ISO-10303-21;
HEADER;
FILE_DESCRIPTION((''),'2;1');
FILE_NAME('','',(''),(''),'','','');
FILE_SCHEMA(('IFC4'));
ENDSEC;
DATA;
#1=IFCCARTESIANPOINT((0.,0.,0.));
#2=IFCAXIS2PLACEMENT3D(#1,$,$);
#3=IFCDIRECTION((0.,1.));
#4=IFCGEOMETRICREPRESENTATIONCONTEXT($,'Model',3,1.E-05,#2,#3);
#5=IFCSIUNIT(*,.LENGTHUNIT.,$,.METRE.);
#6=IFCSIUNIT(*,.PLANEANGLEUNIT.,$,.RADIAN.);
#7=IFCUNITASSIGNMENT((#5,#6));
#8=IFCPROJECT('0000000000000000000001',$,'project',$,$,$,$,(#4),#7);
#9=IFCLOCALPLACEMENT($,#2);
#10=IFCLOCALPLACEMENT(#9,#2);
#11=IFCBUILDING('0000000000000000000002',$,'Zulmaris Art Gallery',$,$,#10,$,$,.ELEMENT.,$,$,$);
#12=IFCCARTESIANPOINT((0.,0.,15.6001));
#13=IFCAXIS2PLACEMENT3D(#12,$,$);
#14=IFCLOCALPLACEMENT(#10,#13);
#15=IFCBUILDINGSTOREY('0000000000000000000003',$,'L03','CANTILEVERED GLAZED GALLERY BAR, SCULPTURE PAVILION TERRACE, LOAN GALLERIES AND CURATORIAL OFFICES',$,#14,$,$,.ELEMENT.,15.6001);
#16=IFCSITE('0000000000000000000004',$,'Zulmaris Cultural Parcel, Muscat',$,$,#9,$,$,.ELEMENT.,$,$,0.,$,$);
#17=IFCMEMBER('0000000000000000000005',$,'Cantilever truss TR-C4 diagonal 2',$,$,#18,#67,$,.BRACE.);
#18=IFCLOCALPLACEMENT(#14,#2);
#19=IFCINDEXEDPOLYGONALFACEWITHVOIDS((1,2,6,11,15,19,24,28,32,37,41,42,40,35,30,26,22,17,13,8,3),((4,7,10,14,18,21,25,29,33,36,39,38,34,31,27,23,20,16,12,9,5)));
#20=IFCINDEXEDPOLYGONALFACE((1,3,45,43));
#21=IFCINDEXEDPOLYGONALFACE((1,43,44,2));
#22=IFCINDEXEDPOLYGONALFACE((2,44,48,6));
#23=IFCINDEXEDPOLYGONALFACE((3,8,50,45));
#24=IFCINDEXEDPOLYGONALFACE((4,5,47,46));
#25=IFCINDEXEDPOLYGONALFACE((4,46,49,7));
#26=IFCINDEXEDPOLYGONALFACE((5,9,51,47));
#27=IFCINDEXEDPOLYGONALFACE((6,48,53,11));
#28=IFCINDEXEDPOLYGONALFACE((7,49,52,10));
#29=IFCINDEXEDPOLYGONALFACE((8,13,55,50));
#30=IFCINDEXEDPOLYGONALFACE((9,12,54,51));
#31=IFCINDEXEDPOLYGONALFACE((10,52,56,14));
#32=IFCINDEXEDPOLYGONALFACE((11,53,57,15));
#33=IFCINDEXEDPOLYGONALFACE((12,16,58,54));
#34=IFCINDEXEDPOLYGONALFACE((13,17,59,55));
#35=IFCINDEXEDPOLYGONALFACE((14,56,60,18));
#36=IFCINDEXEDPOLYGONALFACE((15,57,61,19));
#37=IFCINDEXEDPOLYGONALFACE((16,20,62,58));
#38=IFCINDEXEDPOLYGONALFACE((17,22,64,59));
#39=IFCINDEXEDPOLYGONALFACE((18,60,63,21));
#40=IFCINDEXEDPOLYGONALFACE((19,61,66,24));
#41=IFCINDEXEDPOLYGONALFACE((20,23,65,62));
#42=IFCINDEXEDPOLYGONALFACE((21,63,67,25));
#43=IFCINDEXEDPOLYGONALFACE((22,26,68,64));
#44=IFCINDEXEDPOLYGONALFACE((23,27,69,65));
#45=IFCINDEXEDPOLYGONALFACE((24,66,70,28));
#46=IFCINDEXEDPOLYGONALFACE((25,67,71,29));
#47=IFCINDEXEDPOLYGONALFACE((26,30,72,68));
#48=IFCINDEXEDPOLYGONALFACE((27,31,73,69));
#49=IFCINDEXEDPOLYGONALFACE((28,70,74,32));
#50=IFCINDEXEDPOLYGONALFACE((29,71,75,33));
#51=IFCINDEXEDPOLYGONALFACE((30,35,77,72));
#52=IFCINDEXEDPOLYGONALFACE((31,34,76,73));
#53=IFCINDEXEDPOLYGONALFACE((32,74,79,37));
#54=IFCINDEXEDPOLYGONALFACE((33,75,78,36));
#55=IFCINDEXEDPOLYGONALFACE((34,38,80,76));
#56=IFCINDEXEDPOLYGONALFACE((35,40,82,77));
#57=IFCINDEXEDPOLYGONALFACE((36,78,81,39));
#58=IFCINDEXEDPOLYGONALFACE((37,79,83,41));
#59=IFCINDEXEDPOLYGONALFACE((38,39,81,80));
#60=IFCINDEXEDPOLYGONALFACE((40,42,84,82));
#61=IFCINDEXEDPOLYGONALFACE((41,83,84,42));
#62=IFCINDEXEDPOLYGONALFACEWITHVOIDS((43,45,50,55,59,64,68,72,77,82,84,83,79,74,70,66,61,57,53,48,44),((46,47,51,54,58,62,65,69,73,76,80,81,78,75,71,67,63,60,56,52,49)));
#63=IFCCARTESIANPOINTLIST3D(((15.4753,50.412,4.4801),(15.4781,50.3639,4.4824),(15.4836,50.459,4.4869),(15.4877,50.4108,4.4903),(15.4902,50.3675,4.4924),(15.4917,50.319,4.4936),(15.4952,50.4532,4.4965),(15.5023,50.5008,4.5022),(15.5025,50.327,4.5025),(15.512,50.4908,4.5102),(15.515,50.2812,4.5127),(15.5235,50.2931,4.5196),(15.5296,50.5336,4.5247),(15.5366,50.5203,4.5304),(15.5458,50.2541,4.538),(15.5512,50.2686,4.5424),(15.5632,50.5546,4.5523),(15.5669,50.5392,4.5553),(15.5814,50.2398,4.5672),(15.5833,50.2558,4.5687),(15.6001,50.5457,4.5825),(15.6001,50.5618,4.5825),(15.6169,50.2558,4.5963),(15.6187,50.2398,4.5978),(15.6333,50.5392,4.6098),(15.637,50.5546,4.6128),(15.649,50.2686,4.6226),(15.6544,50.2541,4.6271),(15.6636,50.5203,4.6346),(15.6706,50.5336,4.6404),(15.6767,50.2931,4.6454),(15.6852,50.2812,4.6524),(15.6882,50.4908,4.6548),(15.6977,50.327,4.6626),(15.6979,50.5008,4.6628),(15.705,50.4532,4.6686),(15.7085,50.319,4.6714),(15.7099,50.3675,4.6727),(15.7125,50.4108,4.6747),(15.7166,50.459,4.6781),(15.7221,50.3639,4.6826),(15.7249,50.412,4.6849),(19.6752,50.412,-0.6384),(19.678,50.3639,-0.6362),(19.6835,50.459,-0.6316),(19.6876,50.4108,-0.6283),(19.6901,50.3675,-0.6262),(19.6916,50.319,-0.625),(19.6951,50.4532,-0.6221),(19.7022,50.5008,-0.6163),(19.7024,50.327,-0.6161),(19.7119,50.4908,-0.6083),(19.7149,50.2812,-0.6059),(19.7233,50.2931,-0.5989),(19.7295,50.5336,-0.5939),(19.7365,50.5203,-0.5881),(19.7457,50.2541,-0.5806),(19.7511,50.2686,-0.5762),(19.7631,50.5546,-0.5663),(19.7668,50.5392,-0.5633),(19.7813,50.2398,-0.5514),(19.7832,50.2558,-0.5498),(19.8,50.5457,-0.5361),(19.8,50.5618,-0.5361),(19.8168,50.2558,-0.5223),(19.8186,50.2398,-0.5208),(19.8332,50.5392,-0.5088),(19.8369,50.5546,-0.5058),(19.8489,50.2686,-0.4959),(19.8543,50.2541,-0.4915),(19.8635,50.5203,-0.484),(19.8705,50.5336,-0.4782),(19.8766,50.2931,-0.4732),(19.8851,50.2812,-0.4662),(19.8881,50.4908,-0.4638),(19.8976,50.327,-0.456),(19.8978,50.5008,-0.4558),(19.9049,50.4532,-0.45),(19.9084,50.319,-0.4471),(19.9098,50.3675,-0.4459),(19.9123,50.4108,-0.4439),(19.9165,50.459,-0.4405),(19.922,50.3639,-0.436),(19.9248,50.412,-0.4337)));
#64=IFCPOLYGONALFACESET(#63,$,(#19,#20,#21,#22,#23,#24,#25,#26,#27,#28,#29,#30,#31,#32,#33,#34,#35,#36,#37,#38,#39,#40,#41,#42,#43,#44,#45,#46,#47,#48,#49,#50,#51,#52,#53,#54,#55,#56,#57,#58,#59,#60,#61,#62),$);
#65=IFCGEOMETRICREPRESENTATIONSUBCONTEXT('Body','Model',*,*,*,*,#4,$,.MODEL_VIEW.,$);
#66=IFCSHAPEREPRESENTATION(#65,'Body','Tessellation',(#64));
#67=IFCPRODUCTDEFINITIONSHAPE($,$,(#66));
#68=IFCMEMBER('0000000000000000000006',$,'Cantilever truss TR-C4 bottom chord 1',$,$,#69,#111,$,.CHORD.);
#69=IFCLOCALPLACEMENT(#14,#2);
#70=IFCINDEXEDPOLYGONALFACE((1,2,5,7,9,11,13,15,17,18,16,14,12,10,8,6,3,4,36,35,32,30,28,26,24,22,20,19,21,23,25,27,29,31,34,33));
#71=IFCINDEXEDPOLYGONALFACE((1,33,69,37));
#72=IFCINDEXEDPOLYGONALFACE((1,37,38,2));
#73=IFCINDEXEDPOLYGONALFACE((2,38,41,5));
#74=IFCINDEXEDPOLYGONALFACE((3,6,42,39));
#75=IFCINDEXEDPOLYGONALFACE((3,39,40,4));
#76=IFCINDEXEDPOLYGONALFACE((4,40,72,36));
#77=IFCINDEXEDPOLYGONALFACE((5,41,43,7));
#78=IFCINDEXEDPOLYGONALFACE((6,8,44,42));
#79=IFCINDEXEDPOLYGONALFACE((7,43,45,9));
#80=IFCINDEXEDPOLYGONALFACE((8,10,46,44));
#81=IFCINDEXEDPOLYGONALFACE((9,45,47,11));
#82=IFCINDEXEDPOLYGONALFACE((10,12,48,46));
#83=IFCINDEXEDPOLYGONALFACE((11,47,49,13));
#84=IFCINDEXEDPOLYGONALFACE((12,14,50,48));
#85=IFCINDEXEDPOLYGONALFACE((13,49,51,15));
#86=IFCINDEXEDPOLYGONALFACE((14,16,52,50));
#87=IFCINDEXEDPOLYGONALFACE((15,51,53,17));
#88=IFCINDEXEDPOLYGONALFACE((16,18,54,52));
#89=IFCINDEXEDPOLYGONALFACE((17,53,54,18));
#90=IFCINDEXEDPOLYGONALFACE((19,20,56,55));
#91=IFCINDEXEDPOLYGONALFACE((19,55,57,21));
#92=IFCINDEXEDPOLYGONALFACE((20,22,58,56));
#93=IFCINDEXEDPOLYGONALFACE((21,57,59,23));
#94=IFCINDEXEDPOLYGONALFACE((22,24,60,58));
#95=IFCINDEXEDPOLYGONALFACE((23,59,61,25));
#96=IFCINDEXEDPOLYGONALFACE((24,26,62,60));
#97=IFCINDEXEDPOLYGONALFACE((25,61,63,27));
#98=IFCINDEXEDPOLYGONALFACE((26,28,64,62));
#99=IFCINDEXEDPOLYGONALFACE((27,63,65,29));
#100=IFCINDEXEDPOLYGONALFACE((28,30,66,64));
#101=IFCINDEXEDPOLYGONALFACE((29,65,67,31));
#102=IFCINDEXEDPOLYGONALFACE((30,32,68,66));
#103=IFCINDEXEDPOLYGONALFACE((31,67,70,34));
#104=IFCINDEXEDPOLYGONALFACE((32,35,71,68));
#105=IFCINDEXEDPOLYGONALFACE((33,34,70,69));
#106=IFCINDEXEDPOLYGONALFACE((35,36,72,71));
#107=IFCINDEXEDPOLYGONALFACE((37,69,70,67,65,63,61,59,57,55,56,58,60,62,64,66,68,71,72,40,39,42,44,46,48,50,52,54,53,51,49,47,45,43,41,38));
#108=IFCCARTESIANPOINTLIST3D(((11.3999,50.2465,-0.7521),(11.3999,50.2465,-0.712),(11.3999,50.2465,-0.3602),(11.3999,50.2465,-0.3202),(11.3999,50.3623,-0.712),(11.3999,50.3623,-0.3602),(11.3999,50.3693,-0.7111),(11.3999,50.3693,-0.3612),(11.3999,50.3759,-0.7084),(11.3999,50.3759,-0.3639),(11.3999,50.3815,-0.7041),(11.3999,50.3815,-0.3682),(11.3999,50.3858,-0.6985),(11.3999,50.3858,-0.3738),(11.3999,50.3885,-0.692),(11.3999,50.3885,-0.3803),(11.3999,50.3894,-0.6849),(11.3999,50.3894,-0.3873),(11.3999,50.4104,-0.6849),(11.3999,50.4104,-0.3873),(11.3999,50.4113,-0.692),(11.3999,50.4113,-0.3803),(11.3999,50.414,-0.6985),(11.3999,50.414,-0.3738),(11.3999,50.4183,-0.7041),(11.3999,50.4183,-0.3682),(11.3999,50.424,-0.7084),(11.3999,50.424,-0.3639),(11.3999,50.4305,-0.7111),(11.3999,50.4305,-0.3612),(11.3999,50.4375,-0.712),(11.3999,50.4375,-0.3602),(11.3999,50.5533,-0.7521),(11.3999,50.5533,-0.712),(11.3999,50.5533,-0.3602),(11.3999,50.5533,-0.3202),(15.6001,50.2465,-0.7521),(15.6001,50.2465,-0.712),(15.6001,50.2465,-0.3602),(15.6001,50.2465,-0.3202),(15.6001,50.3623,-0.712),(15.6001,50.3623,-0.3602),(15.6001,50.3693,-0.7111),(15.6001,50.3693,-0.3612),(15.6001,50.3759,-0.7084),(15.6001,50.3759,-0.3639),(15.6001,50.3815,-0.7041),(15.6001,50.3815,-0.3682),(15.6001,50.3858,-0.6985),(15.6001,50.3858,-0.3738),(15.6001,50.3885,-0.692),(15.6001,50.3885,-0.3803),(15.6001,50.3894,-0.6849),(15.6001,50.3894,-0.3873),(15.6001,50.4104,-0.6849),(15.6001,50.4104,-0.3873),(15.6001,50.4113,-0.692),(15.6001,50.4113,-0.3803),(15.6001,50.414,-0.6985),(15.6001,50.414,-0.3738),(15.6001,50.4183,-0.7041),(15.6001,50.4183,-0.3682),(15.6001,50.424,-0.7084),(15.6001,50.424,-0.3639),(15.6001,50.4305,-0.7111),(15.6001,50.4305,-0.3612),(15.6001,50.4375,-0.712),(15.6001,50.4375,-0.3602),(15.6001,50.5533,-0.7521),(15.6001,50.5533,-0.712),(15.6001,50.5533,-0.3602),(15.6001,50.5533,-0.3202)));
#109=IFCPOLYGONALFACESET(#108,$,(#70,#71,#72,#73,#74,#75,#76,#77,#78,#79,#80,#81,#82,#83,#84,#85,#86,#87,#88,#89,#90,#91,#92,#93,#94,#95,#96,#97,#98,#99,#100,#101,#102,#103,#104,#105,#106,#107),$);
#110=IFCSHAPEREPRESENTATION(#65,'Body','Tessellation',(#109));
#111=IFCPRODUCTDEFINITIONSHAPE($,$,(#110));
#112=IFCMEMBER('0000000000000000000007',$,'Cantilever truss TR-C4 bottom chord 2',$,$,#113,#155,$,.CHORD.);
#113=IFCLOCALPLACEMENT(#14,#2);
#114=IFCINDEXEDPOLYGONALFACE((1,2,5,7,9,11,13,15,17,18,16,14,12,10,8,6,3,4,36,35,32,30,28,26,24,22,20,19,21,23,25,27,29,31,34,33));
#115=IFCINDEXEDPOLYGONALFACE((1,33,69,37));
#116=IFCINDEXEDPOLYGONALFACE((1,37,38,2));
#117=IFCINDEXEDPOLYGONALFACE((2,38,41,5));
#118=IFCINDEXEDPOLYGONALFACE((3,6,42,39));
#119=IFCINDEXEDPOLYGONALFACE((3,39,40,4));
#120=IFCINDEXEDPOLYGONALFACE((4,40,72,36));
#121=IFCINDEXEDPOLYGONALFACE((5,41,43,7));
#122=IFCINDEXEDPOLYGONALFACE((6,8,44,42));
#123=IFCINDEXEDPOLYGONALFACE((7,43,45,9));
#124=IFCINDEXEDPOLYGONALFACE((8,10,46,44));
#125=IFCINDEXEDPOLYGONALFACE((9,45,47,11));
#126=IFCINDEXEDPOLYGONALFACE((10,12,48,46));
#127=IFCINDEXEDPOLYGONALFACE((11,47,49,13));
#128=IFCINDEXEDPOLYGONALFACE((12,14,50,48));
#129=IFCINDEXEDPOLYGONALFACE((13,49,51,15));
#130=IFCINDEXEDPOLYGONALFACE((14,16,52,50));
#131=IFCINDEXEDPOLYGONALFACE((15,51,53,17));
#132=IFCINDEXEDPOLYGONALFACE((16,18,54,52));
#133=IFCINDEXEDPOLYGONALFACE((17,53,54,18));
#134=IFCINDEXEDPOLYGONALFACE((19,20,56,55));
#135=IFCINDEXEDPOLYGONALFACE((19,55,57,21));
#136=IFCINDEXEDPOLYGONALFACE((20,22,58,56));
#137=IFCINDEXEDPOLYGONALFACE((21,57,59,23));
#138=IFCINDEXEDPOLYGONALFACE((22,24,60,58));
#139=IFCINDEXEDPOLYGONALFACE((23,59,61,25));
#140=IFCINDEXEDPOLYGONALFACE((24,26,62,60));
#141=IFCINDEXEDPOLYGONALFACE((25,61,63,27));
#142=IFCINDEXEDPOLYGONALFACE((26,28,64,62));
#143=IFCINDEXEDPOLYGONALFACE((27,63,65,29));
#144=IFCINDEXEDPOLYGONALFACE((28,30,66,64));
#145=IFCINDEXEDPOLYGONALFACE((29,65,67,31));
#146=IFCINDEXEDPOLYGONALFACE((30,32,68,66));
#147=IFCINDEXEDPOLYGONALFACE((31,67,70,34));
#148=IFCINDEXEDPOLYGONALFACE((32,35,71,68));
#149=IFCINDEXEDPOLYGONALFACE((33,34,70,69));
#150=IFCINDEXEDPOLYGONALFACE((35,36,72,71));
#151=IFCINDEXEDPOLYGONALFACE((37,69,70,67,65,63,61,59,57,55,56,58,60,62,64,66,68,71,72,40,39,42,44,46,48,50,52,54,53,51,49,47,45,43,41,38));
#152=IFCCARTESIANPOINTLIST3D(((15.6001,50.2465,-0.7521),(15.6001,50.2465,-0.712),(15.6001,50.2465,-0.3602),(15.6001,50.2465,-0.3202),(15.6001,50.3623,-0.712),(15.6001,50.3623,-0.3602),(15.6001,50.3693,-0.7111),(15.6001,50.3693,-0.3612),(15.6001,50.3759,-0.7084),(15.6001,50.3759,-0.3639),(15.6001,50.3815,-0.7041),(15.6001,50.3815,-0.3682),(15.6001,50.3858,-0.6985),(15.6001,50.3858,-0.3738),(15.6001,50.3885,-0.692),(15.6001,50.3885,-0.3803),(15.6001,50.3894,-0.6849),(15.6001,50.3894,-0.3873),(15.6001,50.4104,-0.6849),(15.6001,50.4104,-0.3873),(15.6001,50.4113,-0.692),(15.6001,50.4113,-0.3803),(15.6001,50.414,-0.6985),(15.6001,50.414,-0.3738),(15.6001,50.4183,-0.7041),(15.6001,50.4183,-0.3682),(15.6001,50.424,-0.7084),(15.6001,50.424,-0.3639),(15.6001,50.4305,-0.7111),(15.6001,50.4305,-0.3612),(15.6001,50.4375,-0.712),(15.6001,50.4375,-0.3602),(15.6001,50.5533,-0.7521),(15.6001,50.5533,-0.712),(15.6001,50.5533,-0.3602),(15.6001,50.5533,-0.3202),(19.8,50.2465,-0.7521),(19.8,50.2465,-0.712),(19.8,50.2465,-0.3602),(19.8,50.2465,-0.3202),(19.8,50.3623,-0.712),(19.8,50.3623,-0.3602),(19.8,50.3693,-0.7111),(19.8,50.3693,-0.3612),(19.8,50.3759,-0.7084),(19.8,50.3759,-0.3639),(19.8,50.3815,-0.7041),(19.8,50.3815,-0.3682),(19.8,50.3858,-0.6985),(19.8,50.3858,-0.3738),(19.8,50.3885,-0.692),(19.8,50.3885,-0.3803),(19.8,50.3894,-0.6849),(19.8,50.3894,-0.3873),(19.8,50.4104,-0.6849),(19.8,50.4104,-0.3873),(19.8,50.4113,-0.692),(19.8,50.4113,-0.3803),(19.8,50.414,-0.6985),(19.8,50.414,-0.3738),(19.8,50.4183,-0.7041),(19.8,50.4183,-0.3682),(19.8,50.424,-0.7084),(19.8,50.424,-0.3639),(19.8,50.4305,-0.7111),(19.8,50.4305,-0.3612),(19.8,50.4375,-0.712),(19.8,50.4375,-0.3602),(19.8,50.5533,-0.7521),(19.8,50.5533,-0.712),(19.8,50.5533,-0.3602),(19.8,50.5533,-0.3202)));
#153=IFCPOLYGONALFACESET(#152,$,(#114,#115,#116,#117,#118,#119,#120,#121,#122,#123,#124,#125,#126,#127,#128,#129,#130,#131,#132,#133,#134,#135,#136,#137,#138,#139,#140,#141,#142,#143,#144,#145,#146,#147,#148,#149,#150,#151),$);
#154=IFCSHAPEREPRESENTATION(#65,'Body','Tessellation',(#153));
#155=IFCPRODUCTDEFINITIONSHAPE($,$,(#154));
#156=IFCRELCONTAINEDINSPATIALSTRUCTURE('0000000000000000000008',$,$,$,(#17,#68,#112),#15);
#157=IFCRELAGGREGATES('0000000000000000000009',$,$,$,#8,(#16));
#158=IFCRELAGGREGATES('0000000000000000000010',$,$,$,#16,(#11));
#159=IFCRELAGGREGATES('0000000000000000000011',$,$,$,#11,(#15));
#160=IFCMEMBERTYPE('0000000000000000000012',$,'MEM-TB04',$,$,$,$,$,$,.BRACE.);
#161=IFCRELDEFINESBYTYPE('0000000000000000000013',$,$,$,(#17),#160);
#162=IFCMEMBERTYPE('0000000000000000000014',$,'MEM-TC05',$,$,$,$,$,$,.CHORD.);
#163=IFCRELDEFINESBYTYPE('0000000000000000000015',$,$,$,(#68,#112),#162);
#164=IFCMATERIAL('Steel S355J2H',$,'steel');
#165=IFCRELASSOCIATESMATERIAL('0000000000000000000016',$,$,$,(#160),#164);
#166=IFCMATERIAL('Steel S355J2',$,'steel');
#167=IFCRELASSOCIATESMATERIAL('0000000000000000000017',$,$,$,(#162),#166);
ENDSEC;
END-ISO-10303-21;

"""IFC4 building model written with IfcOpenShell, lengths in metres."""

from ifc_helpers import new_model, si_unit, direction, frame, origin, origin_2d, place, context, subcontext, project, spatial, hollow_circle, i_section, extrude, material, material_profile, profile_set, type_object, element, save


model = new_model("IFC4")

# Units and contexts
model_context = context("Model", 3, precision=1e-05, world=origin(), true_north=direction((0.0, 1.0)))
body_context = subcontext(model_context, "Body", "Model", "MODEL_VIEW")
ifc_project = project(units=[si_unit("LENGTHUNIT", "METRE"), si_unit("PLANEANGLEUNIT", "RADIAN")], contexts=[model_context])

# Site, building, storey
site_placement = place(None, origin())
site = spatial("IfcSite", under=ifc_project, at=site_placement, Name="Zulmaris Cultural Parcel, Muscat", CompositionType="ELEMENT", RefElevation=0.0)
building_placement = place(site_placement, origin())
building = spatial("IfcBuilding", under=site, at=building_placement, Name="Zulmaris Art Gallery", CompositionType="ELEMENT")
storey_placement = place(building_placement, frame((0.0, 0.0, 15.6001)))
storey = spatial("IfcBuildingStorey", under=building, at=storey_placement, Name="L03", Description="CANTILEVERED GLAZED GALLERY BAR, SCULPTURE PAVILION TERRACE, LOAN GALLERIES AND CURATORIAL OFFICES", CompositionType="ELEMENT", Elevation=15.6001)

# Members
ifc_material_1 = material(Name="Steel S355J2H", Category="steel")
ifc_material_profile_1 = material_profile(ifc_material_1, hollow_circle(Radius=0.1619, WallThickness=0.0161, at=origin_2d()), Name="CHS 323.9x16")
ifc_profile_set_1 = profile_set([ifc_material_profile_1], Name="Steel S355J2H")
member_type_1 = type_object("IfcMemberType", Name="MEM-TB04", PredefinedType="BRACE", material=ifc_profile_set_1)
member_1_placement = place(storey_placement, frame((15.6001, 50.3999, 4.5825), z_axis=(0.634319, 0.0, -0.773071), x_axis=(0.0, 1.0, 0.0)))
element("IfcMember", 1, at=member_1_placement, inside=storey, type_object=member_type_1, Name="Cantilever truss TR-C4 diagonal 2", PredefinedType="BRACE", context=body_context, shape_type="SweptSolid", body=[
    extrude(hollow_circle(Radius=0.1619, WallThickness=0.0161, at=origin_2d()), origin(), (0.0, 0.0, 1.0), 6.6211),
])
ifc_material_2 = material(Name="Steel S355J2", Category="steel")
ifc_material_profile_2 = material_profile(ifc_material_2, i_section(OverallWidth=0.3069, OverallDepth=0.4319, WebThickness=0.021, FlangeThickness=0.04, FilletRadius=0.0271, at=origin_2d()), Name="HEM 400")
ifc_profile_set_2 = profile_set([ifc_material_profile_2], Name="Steel S355J2")
member_type_2 = type_object("IfcMemberType", Name="MEM-TC05", PredefinedType="CHORD", material=ifc_profile_set_2)
member_2_placement = place(storey_placement, frame((11.3999, 50.3999, -0.5361), z_axis=(1.0, 0.0, 0.0), x_axis=(0.0, 1.0, 0.0)))
element("IfcMember", 2, at=member_2_placement, inside=storey, type_object=member_type_2, Name="Cantilever truss TR-C4 bottom chord 1", PredefinedType="CHORD", context=body_context, shape_type="SweptSolid", body=[
    extrude(i_section(OverallWidth=0.3069, OverallDepth=0.4319, WebThickness=0.021, FlangeThickness=0.04, FilletRadius=0.0271, at=origin_2d()), origin(), (0.0, 0.0, 1.0), 4.2002),
])
member_3_placement = place(storey_placement, frame((15.6001, 50.3999, -0.5361), z_axis=(1.0, 0.0, 0.0), x_axis=(0.0, 1.0, 0.0)))
element("IfcMember", 3, at=member_3_placement, inside=storey, type_object=member_type_2, Name="Cantilever truss TR-C4 bottom chord 2", PredefinedType="CHORD", context=body_context, shape_type="SweptSolid", body=[
    extrude(i_section(OverallWidth=0.3069, OverallDepth=0.4319, WebThickness=0.021, FlangeThickness=0.04, FilletRadius=0.0271, at=origin_2d()), origin(), (0.0, 0.0, 1.0), 4.2),
])

save(model, "model.ifc")
